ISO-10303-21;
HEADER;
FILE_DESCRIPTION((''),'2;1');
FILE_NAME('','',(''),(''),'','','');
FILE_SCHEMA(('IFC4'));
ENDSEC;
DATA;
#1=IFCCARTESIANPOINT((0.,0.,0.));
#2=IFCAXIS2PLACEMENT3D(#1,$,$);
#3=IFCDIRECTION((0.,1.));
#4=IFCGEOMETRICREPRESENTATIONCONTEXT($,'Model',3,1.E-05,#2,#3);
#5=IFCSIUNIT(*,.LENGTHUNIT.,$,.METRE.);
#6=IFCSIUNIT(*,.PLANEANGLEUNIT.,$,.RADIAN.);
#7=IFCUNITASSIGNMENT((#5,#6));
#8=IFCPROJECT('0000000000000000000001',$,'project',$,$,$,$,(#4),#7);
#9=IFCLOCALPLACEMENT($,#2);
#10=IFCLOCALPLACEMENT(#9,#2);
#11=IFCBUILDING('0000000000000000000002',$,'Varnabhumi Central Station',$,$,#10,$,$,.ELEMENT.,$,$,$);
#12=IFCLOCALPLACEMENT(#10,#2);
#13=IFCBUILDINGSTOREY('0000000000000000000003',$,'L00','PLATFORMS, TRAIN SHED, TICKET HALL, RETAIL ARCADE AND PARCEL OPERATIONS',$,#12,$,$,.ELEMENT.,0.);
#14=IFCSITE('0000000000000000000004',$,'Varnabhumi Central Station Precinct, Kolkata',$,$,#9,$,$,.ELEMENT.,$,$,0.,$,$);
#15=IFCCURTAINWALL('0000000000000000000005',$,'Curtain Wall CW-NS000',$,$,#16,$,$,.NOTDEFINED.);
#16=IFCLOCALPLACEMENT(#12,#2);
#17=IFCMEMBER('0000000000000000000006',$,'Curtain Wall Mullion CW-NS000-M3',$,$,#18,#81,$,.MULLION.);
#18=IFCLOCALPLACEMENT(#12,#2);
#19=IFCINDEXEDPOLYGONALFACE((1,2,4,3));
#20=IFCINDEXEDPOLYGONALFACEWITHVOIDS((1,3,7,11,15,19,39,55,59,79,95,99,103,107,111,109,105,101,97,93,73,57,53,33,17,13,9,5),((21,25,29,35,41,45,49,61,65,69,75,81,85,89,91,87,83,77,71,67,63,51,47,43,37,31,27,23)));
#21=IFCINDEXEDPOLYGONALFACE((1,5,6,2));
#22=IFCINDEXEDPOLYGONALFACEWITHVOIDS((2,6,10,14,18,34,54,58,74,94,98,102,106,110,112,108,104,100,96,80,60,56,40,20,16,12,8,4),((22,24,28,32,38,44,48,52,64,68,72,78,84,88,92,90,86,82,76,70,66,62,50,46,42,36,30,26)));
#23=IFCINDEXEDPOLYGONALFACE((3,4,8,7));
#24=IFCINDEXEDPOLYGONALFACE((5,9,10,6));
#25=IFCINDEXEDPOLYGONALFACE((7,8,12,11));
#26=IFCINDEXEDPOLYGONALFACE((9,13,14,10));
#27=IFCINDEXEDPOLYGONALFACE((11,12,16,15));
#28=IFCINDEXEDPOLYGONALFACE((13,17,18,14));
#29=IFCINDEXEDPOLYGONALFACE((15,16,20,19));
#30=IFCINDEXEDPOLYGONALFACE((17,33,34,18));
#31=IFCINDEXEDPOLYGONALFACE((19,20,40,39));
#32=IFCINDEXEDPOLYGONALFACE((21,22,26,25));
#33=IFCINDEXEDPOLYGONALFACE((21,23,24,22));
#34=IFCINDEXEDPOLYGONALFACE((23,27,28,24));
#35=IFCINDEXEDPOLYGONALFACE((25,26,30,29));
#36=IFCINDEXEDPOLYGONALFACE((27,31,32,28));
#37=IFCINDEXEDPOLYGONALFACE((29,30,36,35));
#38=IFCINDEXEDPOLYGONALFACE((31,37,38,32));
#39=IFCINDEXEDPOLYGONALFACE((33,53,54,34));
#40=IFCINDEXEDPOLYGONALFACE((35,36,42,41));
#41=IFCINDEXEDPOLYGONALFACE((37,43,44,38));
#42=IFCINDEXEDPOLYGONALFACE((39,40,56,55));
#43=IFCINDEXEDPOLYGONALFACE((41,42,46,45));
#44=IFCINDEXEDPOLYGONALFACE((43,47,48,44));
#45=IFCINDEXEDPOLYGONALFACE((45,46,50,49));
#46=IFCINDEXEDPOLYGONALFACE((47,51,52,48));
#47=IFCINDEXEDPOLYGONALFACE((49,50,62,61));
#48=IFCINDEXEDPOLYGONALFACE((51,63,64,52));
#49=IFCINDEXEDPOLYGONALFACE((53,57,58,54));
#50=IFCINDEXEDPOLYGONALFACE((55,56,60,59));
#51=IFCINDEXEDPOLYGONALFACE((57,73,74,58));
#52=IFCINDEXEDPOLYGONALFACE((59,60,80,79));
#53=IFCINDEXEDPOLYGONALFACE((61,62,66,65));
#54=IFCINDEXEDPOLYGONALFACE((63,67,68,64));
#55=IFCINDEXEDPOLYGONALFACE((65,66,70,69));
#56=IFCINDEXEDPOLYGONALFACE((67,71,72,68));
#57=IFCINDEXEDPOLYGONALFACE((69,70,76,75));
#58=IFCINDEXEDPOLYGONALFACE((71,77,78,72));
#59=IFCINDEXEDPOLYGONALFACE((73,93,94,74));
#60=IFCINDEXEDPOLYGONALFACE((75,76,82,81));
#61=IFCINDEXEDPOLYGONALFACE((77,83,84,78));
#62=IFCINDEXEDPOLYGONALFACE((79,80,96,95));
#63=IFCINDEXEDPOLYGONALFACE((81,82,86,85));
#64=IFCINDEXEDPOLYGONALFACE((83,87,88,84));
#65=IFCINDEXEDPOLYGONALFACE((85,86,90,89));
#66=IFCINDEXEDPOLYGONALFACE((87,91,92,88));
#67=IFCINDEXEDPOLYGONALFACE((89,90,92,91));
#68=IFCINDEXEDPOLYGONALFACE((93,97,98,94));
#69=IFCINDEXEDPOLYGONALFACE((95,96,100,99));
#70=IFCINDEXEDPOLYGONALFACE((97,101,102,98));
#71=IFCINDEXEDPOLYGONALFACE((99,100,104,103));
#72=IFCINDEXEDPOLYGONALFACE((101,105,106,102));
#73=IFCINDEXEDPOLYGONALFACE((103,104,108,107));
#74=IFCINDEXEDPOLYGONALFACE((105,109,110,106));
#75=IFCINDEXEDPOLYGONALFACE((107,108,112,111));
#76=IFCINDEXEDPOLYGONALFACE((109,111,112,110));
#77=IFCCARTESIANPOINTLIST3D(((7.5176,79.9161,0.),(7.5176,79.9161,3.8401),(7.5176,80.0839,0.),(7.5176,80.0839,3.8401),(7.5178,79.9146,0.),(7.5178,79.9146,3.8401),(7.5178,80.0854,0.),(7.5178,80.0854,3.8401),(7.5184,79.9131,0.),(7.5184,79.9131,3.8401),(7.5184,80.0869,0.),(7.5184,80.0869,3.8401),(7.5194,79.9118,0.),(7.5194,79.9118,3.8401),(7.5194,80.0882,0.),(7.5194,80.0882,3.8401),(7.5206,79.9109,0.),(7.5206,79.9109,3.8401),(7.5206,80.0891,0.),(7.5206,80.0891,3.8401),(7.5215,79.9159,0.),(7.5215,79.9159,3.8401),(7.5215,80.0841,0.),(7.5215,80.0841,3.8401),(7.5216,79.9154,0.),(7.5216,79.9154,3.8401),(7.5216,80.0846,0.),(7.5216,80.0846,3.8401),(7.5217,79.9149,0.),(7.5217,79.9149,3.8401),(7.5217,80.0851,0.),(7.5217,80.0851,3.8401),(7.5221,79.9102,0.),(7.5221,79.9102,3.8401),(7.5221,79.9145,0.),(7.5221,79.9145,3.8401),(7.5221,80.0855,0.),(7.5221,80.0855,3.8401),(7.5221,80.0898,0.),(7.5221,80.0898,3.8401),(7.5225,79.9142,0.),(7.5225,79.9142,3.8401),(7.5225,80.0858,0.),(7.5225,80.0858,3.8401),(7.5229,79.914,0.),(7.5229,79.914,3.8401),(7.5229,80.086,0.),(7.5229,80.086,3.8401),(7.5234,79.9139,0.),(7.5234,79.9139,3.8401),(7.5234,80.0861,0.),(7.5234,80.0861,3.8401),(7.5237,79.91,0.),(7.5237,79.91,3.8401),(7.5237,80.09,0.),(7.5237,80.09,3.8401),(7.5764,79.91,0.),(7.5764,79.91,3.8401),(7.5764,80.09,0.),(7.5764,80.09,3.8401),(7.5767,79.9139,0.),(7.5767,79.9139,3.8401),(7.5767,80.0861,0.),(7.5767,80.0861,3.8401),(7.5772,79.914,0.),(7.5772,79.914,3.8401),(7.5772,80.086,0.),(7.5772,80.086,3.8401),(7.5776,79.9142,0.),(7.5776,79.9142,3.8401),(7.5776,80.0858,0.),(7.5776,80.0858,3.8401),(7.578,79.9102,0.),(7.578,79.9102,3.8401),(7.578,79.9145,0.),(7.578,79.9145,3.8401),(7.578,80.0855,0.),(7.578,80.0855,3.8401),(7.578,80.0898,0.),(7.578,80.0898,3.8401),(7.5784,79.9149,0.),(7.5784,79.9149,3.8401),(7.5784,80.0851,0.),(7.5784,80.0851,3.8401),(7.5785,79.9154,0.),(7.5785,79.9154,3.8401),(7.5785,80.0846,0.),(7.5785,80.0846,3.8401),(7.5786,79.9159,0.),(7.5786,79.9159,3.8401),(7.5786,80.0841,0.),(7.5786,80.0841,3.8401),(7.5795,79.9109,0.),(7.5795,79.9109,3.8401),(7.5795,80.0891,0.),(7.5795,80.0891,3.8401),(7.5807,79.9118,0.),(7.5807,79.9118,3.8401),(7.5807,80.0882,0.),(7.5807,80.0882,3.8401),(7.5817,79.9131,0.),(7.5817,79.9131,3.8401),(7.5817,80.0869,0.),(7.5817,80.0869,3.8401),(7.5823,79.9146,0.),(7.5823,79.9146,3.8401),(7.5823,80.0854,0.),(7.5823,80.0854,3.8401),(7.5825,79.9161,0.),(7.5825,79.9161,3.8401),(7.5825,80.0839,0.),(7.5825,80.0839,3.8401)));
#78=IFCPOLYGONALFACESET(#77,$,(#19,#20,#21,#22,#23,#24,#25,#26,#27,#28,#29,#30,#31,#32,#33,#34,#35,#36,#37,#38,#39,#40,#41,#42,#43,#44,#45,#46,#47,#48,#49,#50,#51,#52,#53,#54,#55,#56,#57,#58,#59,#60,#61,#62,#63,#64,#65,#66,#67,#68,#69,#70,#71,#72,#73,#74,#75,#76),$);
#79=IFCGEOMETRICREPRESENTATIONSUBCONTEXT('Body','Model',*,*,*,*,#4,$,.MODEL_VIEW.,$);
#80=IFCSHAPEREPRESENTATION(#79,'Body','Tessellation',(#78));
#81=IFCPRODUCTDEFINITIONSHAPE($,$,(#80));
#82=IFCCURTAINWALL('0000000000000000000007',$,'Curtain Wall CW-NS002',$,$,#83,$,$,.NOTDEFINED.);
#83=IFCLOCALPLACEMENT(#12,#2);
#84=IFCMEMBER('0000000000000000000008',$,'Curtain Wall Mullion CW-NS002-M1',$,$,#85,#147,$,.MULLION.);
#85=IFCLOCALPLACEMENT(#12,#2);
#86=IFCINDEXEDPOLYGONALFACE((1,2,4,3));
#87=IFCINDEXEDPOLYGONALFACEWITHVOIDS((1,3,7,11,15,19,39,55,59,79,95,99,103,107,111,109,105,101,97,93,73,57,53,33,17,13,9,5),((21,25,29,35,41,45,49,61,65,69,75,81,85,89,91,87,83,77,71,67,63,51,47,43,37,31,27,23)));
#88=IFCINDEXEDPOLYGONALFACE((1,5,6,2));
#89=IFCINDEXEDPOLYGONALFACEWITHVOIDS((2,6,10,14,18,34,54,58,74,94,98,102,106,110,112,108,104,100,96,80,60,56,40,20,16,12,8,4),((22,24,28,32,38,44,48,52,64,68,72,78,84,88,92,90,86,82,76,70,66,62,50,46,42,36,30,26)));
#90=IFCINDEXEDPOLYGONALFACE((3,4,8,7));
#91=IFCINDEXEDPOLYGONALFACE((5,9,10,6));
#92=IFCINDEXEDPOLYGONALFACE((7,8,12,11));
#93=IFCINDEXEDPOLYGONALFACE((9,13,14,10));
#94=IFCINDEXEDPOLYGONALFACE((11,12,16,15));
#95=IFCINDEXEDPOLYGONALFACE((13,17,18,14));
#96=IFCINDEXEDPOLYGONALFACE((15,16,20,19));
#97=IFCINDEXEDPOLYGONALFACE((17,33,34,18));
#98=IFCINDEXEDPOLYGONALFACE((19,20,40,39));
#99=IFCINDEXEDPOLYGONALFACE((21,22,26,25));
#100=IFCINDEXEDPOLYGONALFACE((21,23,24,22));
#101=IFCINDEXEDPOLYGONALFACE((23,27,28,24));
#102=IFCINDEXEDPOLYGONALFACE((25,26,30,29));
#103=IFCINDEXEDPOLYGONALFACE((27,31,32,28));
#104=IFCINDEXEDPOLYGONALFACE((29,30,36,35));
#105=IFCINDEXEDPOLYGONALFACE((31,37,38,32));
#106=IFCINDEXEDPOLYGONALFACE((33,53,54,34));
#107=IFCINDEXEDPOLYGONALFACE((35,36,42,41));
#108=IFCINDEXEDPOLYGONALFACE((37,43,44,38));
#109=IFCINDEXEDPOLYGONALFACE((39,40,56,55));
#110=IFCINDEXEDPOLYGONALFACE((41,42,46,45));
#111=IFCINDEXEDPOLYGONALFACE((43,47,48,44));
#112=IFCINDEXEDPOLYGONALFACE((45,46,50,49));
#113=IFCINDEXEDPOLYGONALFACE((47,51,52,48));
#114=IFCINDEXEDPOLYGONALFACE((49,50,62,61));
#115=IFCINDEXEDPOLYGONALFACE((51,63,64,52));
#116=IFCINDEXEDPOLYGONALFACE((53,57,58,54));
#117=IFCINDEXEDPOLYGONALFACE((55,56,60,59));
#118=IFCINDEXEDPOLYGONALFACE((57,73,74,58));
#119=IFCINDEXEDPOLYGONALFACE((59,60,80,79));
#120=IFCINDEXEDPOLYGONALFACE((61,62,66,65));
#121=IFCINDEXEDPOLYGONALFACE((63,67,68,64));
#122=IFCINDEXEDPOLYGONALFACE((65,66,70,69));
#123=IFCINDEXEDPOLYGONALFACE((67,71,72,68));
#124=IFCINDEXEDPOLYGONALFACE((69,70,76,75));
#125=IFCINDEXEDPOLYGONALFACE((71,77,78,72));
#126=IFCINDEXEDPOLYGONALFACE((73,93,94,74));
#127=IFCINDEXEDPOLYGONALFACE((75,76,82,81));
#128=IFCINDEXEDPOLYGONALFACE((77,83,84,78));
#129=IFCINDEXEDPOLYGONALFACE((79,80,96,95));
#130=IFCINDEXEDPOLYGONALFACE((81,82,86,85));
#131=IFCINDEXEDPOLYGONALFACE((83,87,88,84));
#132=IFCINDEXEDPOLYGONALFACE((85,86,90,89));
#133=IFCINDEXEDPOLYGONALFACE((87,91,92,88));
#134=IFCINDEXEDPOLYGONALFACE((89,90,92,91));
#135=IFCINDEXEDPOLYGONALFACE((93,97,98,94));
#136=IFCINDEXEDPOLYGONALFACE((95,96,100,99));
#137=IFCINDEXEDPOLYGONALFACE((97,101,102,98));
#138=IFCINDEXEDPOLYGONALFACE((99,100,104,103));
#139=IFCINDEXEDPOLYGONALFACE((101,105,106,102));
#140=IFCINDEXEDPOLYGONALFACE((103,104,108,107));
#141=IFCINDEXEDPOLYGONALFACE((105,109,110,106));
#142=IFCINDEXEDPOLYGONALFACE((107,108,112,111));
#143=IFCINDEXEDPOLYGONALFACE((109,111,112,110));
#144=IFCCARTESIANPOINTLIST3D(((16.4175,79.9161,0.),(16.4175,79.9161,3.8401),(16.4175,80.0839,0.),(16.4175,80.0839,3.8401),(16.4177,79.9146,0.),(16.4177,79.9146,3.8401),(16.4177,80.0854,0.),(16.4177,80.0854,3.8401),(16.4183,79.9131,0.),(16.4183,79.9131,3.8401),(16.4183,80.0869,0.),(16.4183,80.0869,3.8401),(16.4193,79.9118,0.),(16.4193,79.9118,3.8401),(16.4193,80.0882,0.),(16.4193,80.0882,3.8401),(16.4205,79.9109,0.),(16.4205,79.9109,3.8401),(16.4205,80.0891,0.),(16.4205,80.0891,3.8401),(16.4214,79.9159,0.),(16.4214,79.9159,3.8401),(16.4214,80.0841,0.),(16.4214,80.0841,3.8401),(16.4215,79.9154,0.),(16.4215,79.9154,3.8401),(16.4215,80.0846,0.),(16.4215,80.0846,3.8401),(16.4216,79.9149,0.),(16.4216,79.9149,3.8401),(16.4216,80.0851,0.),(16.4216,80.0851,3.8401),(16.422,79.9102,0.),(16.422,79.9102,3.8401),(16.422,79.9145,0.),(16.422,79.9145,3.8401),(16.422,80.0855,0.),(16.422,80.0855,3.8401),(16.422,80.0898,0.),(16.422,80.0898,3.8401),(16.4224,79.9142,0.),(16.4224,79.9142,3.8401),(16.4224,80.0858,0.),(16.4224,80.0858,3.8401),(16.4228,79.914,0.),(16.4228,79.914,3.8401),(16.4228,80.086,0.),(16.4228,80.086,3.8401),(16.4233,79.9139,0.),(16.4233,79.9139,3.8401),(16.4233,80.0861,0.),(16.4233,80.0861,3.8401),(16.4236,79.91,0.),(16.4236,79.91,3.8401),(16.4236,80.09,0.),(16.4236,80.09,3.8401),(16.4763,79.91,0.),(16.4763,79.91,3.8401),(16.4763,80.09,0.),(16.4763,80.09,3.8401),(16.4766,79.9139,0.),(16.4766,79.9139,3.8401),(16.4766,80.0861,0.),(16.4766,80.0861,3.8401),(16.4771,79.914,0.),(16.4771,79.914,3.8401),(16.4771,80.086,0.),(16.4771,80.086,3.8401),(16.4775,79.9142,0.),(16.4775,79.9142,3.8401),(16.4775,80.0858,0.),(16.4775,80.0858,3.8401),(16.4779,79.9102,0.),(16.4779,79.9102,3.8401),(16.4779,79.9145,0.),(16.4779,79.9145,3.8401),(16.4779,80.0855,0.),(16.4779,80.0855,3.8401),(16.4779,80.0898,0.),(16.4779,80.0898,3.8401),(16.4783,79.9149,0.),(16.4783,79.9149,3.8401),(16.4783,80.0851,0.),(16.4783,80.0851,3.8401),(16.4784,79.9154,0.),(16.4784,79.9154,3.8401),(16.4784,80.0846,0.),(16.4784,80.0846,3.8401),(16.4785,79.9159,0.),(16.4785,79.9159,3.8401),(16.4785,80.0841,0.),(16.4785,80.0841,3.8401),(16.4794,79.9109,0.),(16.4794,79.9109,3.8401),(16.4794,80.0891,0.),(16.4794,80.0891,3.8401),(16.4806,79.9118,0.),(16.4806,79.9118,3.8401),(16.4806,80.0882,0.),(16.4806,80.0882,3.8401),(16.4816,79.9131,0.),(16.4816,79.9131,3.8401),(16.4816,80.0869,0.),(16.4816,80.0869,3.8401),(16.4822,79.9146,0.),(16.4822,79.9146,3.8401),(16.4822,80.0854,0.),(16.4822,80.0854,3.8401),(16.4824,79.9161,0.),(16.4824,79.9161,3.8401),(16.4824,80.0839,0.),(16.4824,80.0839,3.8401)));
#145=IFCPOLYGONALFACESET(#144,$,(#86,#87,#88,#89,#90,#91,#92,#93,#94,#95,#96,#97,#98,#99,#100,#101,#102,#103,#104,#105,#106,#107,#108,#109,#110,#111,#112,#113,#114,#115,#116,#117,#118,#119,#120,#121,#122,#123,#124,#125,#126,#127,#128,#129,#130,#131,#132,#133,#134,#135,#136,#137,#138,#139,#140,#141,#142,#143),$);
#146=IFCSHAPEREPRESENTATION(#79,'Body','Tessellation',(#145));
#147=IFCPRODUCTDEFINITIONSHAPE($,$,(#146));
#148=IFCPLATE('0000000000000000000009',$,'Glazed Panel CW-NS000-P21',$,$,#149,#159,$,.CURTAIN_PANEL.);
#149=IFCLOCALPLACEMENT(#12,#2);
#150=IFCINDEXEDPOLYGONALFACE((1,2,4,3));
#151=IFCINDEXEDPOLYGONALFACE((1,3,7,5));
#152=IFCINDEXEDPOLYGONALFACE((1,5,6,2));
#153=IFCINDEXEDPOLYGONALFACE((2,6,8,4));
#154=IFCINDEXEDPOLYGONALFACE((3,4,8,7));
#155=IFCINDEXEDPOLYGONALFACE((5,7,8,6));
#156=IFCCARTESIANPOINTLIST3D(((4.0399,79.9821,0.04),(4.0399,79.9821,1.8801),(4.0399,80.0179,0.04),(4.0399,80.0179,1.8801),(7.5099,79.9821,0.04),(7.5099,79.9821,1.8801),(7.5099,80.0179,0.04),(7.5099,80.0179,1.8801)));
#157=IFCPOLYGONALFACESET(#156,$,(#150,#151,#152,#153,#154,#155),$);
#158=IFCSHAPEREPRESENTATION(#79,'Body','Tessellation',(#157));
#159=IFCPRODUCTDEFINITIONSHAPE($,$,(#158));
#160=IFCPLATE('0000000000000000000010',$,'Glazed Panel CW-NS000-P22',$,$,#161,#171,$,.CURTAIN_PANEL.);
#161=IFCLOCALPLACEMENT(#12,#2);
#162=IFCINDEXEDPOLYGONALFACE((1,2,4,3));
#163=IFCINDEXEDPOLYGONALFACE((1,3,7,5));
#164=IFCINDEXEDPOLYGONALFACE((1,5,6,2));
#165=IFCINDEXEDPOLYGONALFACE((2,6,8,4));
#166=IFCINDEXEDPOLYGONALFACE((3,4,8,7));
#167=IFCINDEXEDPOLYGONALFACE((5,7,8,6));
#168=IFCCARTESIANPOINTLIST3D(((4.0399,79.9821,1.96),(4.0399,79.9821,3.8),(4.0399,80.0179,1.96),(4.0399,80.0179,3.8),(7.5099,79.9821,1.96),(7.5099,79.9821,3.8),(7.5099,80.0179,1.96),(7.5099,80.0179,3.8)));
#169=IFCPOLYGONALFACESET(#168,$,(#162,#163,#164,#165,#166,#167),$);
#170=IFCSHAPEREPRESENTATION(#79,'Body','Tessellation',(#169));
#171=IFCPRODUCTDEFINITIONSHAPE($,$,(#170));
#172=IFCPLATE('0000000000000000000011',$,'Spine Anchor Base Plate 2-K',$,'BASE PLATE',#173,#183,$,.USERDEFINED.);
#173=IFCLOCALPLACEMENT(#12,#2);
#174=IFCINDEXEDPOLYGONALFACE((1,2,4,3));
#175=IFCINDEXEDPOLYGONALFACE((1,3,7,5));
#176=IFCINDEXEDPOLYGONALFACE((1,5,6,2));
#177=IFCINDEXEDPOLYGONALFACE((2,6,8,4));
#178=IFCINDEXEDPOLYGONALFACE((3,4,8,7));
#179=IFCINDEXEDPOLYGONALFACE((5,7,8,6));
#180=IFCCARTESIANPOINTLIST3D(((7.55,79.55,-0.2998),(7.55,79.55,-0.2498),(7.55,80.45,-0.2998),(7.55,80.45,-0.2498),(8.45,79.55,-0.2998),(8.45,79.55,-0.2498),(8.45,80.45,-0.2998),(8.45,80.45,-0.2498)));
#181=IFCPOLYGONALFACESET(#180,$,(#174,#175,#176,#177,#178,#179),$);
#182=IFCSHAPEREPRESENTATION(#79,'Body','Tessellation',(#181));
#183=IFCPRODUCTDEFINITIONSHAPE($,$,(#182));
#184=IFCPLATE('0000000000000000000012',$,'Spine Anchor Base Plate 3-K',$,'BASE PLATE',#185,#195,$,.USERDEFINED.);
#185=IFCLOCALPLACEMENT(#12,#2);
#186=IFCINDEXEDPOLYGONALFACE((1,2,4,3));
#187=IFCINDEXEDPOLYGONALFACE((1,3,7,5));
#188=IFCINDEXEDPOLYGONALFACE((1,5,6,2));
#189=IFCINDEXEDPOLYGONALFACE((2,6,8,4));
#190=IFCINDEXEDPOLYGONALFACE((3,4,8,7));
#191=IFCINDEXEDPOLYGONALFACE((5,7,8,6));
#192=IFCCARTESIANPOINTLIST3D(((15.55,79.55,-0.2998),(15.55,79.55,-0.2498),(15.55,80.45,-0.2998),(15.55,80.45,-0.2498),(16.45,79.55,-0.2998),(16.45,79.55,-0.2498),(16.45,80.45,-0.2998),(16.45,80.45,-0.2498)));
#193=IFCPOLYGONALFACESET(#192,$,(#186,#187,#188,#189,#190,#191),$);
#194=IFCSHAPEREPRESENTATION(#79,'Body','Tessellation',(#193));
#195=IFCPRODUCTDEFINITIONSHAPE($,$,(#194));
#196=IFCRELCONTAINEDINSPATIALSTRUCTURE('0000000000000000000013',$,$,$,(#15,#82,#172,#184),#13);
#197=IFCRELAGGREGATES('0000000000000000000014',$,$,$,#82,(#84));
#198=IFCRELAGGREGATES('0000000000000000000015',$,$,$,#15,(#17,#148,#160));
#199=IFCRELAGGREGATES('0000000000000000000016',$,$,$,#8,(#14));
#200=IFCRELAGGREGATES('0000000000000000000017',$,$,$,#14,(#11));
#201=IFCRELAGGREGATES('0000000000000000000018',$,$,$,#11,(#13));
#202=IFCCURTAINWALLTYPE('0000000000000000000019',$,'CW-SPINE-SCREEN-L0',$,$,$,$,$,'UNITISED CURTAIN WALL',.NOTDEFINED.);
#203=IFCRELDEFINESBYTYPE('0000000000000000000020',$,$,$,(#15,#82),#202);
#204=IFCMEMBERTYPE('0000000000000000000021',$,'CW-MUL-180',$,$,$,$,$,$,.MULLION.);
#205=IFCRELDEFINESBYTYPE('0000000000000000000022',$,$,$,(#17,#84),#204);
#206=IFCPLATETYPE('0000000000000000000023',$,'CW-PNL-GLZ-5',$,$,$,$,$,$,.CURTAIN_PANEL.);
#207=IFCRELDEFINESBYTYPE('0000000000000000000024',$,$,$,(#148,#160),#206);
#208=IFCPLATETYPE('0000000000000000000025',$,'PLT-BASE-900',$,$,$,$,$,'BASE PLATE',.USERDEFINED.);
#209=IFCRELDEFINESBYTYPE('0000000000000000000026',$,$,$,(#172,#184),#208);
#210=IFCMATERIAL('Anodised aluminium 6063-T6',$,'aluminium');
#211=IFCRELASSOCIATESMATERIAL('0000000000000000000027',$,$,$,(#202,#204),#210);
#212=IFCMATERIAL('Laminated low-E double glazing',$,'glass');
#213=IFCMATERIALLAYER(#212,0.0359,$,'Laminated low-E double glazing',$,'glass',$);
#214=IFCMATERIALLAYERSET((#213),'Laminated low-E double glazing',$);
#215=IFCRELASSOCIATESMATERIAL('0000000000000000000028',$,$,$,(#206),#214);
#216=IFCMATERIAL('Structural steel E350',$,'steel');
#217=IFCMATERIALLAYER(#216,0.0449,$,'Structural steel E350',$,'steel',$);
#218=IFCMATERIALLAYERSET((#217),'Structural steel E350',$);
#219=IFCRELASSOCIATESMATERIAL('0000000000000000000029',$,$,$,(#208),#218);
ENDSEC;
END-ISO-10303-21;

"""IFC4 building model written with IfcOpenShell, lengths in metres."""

from ifc_helpers import new_model, si_unit, direction, frame, origin, origin_2d, place, context, subcontext, project, spatial, rectangle, hollow_rectangle, extrude, material, layer, layer_set, material_profile, profile_set, type_object, element, aggregate, save


model = new_model("IFC4")

# Units and contexts
model_context = context("Model", 3, precision=1e-05, world=origin(), true_north=direction((0.0, 1.0)))
body_context = subcontext(model_context, "Body", "Model", "MODEL_VIEW")
ifc_project = project(units=[si_unit("LENGTHUNIT", "METRE"), si_unit("PLANEANGLEUNIT", "RADIAN")], contexts=[model_context])

# Site, building, storey
site_placement = place(None, origin())
site = spatial("IfcSite", under=ifc_project, at=site_placement, Name="Varnabhumi Central Station Precinct, Kolkata", CompositionType="ELEMENT", RefElevation=0.0)
building_placement = place(site_placement, origin())
building = spatial("IfcBuilding", under=site, at=building_placement, Name="Varnabhumi Central Station", CompositionType="ELEMENT")
storey_placement = place(building_placement, origin())
storey = spatial("IfcBuildingStorey", under=building, at=storey_placement, Name="L00", Description="PLATFORMS, TRAIN SHED, TICKET HALL, RETAIL ARCADE AND PARCEL OPERATIONS", CompositionType="ELEMENT", Elevation=0.0)

# Shared definitions
ifc_material_1 = material(Name="Structural steel E350", Category="steel")

# Curtain wall, member
ifc_material_2 = material(Name="Anodised aluminium 6063-T6", Category="aluminium")
curtain_wall_type = type_object("IfcCurtainWallType", Name="CW-SPINE-SCREEN-L0", ElementType="UNITISED CURTAIN WALL", PredefinedType="NOTDEFINED", material=ifc_material_2)
curtain_wall_1_placement = place(storey_placement, origin())
curtain_wall_1 = element("IfcCurtainWall", 1, at=curtain_wall_1_placement, inside=storey, type_object=curtain_wall_type, Name="Curtain Wall CW-NS000", PredefinedType="NOTDEFINED")
ifc_material_profile_1 = material_profile(ifc_material_2, hollow_rectangle(XDim=0.0649, YDim=0.1799, WallThickness=0.0039, InnerFilletRadius=0.002, OuterFilletRadius=0.0061, at=origin_2d()), Name="Anodised aluminium 6063-T6", Category="aluminium")
ifc_profile_set_1 = profile_set([ifc_material_profile_1], Name="Anodised aluminium 6063-T6")
member_type = type_object("IfcMemberType", Name="CW-MUL-180", PredefinedType="MULLION", material=ifc_profile_set_1)
member_1_placement = place(storey_placement, frame((7.55, 80.0, 0.0), z_axis=(0.0, 0.0, 1.0), x_axis=(1.0, 0.0, 0.0)))
member_1 = element("IfcMember", 2, at=member_1_placement, type_object=member_type, Name="Curtain Wall Mullion CW-NS000-M3", PredefinedType="MULLION", context=body_context, shape_type="SweptSolid", body=[
    extrude(hollow_rectangle(XDim=0.0649, YDim=0.1799, WallThickness=0.0039, InnerFilletRadius=0.002, OuterFilletRadius=0.0061, at=origin_2d()), origin(), (0.0, 0.0, 1.0), 3.8401),
])

# Curtain wall, member
curtain_wall_2_placement = place(storey_placement, origin())
curtain_wall_2 = element("IfcCurtainWall", 3, at=curtain_wall_2_placement, inside=storey, type_object=curtain_wall_type, Name="Curtain Wall CW-NS002", PredefinedType="NOTDEFINED")
member_2_placement = place(storey_placement, frame((16.45, 80.0, 0.0), z_axis=(0.0, 0.0, 1.0), x_axis=(1.0, 0.0, 0.0)))
member_2 = element("IfcMember", 4, at=member_2_placement, type_object=member_type, Name="Curtain Wall Mullion CW-NS002-M1", PredefinedType="MULLION", context=body_context, shape_type="SweptSolid", body=[
    extrude(hollow_rectangle(XDim=0.0649, YDim=0.1799, WallThickness=0.0039, InnerFilletRadius=0.002, OuterFilletRadius=0.0061, at=origin_2d()), origin(), (0.0, 0.0, 1.0), 3.8401),
])
aggregate(curtain_wall_2, [member_2])

# Plates
ifc_material_3 = material(Name="Laminated low-E double glazing", Category="glass")
ifc_layer_1 = layer(ifc_material_3, 0.0359, Name="Laminated low-E double glazing", Category="glass")
ifc_layer_set_1 = layer_set([ifc_layer_1], Name="Laminated low-E double glazing")
plate_type_1 = type_object("IfcPlateType", Name="CW-PNL-GLZ-5", PredefinedType="CURTAIN_PANEL", material=ifc_layer_set_1)
plate_1_placement = place(storey_placement, frame((5.7749, 80.0, 0.04), z_axis=(0.0, 0.0, 1.0), x_axis=(1.0, 0.0, 0.0)))
plate_1 = element("IfcPlate", 5, at=plate_1_placement, type_object=plate_type_1, Name="Glazed Panel CW-NS000-P21", PredefinedType="CURTAIN_PANEL", context=body_context, shape_type="SweptSolid", body=[
    extrude(rectangle(XDim=3.47, YDim=0.0359, at=origin_2d()), origin(), (0.0, 0.0, 1.0), 1.8401),
])
plate_2_placement = place(storey_placement, frame((5.7749, 80.0, 1.96), z_axis=(0.0, 0.0, 1.0), x_axis=(1.0, 0.0, 0.0)))
plate_2 = element("IfcPlate", 6, at=plate_2_placement, type_object=plate_type_1, Name="Glazed Panel CW-NS000-P22", PredefinedType="CURTAIN_PANEL", context=body_context, shape_type="SweptSolid", body=[
    extrude(rectangle(XDim=3.47, YDim=0.0359, at=origin_2d()), origin(), (0.0, 0.0, 1.0), 1.8401),
])
aggregate(curtain_wall_1, [member_1, plate_1, plate_2])

# Plates
ifc_layer_2 = layer(ifc_material_1, 0.0449, Name="Structural steel E350", Category="steel")
ifc_layer_set_2 = layer_set([ifc_layer_2], Name="Structural steel E350")
plate_type_2 = type_object("IfcPlateType", Name="PLT-BASE-900", ElementType="BASE PLATE", PredefinedType="USERDEFINED", material=ifc_layer_set_2)
for number, where, z_axis, x_axis, name in (
    (7, (8.0, 80.0, -0.2998), (0.0, 0.0, 1.0), (1.0, 0.0, 0.0), "Spine Anchor Base Plate 2-K"),
    (8, (16.0, 80.0, -0.2998), (0.0, 0.0, 1.0), (1.0, 0.0, 0.0), "Spine Anchor Base Plate 3-K"),
):
    element("IfcPlate", number, at=place(storey_placement, frame(where, z_axis=z_axis, x_axis=x_axis)), inside=storey, type_object=plate_type_2, Name=name, ObjectType="BASE PLATE", PredefinedType="USERDEFINED", context=body_context, shape_type="SweptSolid", body=[
        extrude(rectangle(XDim=0.8999, YDim=0.8999, at=origin_2d()), origin(), (0.0, 0.0, 1.0), 0.05),
    ])

save(model, "model.ifc")
